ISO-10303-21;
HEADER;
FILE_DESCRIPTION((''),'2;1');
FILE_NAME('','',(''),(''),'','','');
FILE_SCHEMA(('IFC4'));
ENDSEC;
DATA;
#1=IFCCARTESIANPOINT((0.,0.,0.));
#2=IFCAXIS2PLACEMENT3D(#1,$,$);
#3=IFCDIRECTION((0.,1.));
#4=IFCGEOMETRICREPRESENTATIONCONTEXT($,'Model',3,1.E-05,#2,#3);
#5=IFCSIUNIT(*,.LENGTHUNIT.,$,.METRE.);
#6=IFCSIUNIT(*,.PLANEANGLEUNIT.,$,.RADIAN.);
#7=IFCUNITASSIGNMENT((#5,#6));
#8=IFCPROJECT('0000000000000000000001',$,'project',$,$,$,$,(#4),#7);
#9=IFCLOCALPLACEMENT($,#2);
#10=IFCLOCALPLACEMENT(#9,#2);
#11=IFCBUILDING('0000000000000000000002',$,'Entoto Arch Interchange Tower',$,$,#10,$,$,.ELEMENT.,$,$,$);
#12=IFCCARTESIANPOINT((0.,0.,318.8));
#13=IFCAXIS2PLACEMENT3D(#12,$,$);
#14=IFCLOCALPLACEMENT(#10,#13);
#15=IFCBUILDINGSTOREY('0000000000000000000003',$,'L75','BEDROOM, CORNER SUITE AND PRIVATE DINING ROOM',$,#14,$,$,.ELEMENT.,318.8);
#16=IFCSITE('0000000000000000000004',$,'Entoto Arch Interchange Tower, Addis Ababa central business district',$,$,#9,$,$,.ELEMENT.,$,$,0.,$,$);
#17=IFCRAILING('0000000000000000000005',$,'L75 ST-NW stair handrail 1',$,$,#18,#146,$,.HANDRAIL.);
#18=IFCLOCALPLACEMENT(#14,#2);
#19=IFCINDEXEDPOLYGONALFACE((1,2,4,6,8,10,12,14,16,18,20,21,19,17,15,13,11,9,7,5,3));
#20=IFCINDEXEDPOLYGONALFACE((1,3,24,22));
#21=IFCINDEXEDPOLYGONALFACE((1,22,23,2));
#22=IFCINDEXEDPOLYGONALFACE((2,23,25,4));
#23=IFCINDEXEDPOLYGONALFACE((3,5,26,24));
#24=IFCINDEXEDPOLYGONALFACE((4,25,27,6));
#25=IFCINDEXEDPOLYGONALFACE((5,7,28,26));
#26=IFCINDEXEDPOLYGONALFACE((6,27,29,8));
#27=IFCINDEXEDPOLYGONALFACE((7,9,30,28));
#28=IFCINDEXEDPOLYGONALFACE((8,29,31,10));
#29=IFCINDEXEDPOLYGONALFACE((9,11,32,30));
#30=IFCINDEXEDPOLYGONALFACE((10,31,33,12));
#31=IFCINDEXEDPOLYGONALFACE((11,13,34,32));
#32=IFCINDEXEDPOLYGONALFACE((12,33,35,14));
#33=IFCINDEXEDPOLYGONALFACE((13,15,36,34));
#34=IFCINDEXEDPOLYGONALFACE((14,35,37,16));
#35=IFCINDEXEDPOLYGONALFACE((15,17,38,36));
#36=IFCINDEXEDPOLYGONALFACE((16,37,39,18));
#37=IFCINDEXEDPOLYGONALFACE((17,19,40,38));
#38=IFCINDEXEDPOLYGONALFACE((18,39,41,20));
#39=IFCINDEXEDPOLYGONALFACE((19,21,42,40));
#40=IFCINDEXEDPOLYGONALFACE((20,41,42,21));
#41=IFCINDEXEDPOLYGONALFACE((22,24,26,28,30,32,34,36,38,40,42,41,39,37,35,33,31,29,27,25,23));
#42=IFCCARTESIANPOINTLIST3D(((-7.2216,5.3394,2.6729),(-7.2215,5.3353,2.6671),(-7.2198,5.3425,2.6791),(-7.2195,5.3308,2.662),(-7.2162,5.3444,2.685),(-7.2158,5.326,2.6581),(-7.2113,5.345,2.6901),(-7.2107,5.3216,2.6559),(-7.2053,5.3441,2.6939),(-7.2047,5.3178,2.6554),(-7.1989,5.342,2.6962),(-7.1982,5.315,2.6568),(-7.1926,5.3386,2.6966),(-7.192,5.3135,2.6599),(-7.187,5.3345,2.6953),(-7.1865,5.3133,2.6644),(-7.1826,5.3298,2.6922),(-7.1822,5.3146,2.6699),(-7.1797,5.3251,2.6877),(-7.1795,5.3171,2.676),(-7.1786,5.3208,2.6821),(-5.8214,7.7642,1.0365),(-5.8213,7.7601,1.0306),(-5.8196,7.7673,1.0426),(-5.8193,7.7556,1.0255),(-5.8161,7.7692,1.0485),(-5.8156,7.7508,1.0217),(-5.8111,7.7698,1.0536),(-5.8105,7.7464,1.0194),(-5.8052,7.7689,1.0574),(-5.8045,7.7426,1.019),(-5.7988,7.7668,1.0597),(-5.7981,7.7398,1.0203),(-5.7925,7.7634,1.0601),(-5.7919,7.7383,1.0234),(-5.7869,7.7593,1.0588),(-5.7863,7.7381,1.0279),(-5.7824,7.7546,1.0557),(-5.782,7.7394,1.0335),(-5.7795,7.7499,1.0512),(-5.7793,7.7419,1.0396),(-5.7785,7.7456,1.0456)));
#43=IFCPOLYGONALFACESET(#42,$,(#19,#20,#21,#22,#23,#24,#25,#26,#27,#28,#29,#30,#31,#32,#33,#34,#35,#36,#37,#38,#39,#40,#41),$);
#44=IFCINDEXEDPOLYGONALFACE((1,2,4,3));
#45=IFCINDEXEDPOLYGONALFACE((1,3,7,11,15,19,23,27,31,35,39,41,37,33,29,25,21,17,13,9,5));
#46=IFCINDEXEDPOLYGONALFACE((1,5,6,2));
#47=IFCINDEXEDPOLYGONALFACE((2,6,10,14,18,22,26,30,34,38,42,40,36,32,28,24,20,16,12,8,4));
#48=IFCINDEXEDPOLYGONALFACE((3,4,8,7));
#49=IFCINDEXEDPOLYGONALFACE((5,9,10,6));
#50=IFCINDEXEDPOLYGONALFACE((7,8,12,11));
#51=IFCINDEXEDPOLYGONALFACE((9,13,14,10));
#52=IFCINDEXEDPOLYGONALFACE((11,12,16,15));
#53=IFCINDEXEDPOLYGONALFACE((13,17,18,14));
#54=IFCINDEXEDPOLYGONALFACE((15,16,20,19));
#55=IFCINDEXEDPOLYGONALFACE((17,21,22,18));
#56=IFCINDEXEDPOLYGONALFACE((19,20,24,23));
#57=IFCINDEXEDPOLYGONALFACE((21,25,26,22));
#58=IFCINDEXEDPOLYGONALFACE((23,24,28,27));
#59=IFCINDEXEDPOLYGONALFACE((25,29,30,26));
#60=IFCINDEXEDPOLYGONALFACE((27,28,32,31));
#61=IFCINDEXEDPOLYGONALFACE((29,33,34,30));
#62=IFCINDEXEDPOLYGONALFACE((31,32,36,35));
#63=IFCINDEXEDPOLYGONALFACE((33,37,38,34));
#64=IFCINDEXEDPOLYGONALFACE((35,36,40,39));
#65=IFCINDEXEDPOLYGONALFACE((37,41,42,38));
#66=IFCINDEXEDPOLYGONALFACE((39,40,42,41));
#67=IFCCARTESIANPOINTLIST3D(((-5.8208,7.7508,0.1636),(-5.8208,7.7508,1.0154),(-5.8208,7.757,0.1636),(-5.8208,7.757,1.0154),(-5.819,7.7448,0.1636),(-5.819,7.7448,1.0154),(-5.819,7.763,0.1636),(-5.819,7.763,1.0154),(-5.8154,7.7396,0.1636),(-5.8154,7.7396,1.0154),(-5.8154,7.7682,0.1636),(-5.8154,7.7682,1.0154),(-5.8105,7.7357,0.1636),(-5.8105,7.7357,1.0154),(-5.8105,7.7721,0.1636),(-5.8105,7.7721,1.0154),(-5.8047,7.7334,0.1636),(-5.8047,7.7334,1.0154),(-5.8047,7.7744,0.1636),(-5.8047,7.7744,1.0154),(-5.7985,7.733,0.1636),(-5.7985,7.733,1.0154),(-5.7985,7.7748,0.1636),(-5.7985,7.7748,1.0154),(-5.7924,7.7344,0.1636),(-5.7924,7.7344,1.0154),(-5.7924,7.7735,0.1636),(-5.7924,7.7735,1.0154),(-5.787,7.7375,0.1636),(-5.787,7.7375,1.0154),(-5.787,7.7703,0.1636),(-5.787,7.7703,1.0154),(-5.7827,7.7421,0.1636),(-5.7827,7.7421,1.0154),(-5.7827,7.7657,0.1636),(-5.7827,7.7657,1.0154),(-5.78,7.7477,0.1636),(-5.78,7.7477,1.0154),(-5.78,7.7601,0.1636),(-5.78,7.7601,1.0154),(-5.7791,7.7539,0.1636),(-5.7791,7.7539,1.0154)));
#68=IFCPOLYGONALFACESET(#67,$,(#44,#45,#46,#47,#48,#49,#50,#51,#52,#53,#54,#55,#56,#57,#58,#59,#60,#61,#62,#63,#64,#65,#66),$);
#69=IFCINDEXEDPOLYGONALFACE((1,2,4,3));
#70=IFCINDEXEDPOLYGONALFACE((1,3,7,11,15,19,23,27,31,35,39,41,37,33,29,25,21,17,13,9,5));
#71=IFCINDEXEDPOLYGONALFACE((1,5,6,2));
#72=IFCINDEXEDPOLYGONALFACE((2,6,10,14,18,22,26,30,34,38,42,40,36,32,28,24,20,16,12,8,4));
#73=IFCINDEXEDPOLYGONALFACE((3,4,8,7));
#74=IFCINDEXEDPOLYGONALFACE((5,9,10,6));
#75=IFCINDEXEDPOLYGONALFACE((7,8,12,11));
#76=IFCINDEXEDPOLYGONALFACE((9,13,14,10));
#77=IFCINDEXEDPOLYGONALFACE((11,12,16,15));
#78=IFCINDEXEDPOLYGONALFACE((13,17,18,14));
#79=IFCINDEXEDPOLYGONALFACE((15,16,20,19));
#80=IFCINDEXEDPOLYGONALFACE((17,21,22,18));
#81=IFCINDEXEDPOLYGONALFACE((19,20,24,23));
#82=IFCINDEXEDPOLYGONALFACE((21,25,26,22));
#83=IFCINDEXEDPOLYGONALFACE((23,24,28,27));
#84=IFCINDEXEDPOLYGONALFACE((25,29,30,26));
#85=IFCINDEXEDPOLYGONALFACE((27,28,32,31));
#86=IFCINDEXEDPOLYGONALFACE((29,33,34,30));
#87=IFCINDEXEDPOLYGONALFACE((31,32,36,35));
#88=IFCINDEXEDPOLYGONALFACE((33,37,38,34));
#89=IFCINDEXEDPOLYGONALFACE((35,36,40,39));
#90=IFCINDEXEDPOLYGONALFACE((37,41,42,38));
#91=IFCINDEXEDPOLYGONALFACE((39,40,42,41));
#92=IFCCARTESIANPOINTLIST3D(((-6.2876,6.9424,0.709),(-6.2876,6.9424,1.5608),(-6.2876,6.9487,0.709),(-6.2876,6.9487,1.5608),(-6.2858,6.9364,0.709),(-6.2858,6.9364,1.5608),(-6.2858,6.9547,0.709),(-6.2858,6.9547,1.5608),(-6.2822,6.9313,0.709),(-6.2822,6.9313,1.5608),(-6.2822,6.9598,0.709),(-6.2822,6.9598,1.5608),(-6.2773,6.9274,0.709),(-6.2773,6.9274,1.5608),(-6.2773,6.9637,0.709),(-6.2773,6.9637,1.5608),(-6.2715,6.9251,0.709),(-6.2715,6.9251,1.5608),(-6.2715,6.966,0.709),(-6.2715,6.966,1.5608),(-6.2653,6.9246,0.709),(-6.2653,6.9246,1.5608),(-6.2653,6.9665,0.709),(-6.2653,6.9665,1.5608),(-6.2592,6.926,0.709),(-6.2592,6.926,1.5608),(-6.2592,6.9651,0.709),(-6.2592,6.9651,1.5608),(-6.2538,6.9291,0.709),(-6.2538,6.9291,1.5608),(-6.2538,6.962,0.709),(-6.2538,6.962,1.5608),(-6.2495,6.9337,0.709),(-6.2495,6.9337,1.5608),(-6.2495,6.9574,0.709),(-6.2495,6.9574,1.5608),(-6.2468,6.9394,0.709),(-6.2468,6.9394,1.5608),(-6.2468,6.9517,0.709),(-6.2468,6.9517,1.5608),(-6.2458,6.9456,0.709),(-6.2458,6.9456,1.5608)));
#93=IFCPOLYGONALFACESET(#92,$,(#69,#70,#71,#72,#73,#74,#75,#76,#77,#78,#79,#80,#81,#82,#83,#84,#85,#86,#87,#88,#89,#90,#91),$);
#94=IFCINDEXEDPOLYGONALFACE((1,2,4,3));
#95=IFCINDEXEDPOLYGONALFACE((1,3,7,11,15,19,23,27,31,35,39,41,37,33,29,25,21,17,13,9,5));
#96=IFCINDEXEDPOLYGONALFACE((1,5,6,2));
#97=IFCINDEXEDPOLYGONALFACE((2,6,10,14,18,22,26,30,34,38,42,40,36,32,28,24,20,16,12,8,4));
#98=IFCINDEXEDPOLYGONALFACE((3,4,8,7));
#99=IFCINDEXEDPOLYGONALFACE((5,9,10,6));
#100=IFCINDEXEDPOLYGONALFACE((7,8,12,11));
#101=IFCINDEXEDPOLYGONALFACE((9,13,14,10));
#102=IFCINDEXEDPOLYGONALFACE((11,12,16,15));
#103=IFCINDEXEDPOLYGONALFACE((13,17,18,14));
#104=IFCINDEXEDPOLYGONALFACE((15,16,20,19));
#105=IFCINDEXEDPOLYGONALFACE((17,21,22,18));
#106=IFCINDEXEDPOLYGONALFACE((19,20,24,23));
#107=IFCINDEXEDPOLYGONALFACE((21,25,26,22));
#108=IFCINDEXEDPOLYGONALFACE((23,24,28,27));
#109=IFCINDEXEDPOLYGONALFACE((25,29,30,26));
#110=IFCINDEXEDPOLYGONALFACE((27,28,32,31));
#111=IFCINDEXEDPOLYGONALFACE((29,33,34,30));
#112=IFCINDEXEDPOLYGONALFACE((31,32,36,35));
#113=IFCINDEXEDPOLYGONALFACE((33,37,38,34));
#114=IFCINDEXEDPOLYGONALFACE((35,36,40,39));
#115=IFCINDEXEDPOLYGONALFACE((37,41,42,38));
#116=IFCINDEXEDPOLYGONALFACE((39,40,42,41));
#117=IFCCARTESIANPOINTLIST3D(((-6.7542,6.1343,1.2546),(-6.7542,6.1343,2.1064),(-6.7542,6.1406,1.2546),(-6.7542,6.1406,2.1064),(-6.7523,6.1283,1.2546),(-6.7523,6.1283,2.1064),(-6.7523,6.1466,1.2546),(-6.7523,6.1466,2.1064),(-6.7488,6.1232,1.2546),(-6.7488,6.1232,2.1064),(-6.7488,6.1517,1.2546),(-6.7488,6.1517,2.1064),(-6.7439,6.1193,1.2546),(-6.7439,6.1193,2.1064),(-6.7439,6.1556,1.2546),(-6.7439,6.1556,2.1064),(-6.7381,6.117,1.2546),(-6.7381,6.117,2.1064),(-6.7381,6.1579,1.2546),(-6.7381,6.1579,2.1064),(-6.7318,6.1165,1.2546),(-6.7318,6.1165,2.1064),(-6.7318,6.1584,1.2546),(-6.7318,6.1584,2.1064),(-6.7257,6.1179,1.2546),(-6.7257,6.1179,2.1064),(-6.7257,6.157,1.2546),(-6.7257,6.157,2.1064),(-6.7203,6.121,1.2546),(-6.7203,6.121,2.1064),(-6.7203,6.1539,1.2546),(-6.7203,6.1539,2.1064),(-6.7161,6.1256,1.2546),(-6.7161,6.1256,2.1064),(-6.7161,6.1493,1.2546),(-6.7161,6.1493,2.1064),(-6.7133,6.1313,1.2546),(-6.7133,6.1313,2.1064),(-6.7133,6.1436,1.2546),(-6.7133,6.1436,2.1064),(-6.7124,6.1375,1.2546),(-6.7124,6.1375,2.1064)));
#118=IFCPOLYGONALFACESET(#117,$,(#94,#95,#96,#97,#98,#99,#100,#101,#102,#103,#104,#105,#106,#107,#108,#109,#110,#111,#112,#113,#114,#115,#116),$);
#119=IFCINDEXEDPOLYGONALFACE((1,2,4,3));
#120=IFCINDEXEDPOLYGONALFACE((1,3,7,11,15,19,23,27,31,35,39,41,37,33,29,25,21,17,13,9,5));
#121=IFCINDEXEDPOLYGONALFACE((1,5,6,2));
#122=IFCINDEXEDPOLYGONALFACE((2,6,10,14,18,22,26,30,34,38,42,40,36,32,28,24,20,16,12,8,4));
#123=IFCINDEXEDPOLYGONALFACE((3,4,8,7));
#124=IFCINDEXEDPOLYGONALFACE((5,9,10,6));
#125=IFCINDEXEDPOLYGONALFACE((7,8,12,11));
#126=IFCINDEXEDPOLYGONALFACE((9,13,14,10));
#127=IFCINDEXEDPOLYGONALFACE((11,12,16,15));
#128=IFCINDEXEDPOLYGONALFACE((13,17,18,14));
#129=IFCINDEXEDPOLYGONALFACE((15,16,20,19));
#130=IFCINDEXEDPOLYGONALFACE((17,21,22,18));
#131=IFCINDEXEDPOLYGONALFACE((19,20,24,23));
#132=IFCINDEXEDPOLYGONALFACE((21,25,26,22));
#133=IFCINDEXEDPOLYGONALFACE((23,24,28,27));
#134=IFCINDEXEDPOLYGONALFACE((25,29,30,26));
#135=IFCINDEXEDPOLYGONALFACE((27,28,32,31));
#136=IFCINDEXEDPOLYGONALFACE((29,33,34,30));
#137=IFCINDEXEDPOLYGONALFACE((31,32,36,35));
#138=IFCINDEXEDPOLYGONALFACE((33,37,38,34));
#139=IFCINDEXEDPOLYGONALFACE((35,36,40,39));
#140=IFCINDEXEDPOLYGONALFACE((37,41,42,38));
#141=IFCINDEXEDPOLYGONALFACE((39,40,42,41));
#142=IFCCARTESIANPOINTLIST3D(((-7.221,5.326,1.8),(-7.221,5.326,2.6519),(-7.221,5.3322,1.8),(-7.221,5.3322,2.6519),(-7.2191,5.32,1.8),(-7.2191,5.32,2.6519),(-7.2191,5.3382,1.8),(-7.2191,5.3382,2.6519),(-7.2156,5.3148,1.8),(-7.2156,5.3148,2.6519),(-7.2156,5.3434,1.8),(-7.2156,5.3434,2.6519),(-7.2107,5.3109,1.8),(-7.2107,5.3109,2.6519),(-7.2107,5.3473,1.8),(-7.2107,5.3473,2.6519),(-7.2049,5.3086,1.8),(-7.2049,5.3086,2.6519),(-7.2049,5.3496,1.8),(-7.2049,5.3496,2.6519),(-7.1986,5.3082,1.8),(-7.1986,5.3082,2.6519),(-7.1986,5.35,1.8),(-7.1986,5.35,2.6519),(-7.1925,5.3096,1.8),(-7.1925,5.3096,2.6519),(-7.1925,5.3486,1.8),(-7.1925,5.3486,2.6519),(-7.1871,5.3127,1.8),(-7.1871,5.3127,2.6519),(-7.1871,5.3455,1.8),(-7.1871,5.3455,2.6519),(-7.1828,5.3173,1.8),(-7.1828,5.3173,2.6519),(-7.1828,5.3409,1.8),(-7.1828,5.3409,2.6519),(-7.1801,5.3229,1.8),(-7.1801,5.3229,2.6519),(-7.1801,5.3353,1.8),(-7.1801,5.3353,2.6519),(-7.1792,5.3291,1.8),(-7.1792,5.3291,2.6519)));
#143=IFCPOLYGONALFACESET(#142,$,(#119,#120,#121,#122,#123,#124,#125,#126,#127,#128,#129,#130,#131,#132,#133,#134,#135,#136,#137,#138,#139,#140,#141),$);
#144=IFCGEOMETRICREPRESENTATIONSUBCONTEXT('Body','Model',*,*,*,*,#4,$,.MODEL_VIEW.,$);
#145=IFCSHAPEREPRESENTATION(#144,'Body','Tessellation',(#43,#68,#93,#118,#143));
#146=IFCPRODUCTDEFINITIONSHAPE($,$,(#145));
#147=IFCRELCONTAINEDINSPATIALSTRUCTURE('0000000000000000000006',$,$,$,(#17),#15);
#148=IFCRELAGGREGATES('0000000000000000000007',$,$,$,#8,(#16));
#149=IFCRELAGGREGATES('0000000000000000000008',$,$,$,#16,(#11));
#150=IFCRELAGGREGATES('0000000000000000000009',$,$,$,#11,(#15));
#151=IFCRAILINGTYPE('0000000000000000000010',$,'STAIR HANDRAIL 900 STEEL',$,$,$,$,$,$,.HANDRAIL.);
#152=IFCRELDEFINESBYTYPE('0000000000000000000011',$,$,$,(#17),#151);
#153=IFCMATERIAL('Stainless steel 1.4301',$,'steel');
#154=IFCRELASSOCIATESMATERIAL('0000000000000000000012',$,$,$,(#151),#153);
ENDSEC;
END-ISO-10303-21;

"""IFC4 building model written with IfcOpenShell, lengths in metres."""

from ifc_helpers import new_model, si_unit, direction, frame, origin, origin_2d, place, context, subcontext, project, spatial, circle, extrude, material, type_object, element, save


model = new_model("IFC4")

# Units and contexts
model_context = context("Model", 3, precision=1e-05, world=origin(), true_north=direction((0.0, 1.0)))
body_context = subcontext(model_context, "Body", "Model", "MODEL_VIEW")
ifc_project = project(units=[si_unit("LENGTHUNIT", "METRE"), si_unit("PLANEANGLEUNIT", "RADIAN")], contexts=[model_context])

# Site, building, storey
site_placement = place(None, origin())
site = spatial("IfcSite", under=ifc_project, at=site_placement, Name="Entoto Arch Interchange Tower, Addis Ababa central business district", CompositionType="ELEMENT", RefElevation=0.0)
building_placement = place(site_placement, origin())
building = spatial("IfcBuilding", under=site, at=building_placement, Name="Entoto Arch Interchange Tower", CompositionType="ELEMENT")
storey_placement = place(building_placement, frame((0.0, 0.0, 318.8)))
storey = spatial("IfcBuildingStorey", under=building, at=storey_placement, Name="L75", Description="BEDROOM, CORNER SUITE AND PRIVATE DINING ROOM", CompositionType="ELEMENT", Elevation=318.8)

# Railing
ifc_material_1 = material(Name="Stainless steel 1.4301", Category="steel")
railing_type_1 = type_object("IfcRailingType", Name="STAIR HANDRAIL 900 STEEL", PredefinedType="HANDRAIL", material=ifc_material_1)
railing_1_placement = place(storey_placement, frame((-5.8, 7.7539, 0.1636)))
element("IfcRailing", 1, at=railing_1_placement, inside=storey, type_object=railing_type_1, Name="L75 ST-NW stair handrail 1", PredefinedType="HANDRAIL", context=body_context, shape_type="SweptSolid", body=[
    extrude(circle(Radius=0.0239, at=origin_2d()), frame((0.0, 0.0, 0.876), z_axis=(-0.431722, -0.747666, 0.504591), x_axis=(0.865997, -0.50005, 0.0)), (0.0, 0.0, 1.0), 3.2432),
    extrude(circle(Radius=0.021, at=origin_2d()), origin(), (0.0, 0.0, 1.0), 0.8518),
    extrude(circle(Radius=0.021, at=origin_2d()), frame((-0.4668, -0.8083, 0.5454)), (0.0, 0.0, 1.0), 0.8518),
    extrude(circle(Radius=0.021, at=origin_2d()), frame((-0.9333, -1.6165, 1.0911)), (0.0, 0.0, 1.0), 0.8518),
    extrude(circle(Radius=0.021, at=origin_2d()), frame((-1.4001, -2.4248, 1.6365)), (0.0, 0.0, 1.0), 0.8518),
])

save(model, "model.ifc")
